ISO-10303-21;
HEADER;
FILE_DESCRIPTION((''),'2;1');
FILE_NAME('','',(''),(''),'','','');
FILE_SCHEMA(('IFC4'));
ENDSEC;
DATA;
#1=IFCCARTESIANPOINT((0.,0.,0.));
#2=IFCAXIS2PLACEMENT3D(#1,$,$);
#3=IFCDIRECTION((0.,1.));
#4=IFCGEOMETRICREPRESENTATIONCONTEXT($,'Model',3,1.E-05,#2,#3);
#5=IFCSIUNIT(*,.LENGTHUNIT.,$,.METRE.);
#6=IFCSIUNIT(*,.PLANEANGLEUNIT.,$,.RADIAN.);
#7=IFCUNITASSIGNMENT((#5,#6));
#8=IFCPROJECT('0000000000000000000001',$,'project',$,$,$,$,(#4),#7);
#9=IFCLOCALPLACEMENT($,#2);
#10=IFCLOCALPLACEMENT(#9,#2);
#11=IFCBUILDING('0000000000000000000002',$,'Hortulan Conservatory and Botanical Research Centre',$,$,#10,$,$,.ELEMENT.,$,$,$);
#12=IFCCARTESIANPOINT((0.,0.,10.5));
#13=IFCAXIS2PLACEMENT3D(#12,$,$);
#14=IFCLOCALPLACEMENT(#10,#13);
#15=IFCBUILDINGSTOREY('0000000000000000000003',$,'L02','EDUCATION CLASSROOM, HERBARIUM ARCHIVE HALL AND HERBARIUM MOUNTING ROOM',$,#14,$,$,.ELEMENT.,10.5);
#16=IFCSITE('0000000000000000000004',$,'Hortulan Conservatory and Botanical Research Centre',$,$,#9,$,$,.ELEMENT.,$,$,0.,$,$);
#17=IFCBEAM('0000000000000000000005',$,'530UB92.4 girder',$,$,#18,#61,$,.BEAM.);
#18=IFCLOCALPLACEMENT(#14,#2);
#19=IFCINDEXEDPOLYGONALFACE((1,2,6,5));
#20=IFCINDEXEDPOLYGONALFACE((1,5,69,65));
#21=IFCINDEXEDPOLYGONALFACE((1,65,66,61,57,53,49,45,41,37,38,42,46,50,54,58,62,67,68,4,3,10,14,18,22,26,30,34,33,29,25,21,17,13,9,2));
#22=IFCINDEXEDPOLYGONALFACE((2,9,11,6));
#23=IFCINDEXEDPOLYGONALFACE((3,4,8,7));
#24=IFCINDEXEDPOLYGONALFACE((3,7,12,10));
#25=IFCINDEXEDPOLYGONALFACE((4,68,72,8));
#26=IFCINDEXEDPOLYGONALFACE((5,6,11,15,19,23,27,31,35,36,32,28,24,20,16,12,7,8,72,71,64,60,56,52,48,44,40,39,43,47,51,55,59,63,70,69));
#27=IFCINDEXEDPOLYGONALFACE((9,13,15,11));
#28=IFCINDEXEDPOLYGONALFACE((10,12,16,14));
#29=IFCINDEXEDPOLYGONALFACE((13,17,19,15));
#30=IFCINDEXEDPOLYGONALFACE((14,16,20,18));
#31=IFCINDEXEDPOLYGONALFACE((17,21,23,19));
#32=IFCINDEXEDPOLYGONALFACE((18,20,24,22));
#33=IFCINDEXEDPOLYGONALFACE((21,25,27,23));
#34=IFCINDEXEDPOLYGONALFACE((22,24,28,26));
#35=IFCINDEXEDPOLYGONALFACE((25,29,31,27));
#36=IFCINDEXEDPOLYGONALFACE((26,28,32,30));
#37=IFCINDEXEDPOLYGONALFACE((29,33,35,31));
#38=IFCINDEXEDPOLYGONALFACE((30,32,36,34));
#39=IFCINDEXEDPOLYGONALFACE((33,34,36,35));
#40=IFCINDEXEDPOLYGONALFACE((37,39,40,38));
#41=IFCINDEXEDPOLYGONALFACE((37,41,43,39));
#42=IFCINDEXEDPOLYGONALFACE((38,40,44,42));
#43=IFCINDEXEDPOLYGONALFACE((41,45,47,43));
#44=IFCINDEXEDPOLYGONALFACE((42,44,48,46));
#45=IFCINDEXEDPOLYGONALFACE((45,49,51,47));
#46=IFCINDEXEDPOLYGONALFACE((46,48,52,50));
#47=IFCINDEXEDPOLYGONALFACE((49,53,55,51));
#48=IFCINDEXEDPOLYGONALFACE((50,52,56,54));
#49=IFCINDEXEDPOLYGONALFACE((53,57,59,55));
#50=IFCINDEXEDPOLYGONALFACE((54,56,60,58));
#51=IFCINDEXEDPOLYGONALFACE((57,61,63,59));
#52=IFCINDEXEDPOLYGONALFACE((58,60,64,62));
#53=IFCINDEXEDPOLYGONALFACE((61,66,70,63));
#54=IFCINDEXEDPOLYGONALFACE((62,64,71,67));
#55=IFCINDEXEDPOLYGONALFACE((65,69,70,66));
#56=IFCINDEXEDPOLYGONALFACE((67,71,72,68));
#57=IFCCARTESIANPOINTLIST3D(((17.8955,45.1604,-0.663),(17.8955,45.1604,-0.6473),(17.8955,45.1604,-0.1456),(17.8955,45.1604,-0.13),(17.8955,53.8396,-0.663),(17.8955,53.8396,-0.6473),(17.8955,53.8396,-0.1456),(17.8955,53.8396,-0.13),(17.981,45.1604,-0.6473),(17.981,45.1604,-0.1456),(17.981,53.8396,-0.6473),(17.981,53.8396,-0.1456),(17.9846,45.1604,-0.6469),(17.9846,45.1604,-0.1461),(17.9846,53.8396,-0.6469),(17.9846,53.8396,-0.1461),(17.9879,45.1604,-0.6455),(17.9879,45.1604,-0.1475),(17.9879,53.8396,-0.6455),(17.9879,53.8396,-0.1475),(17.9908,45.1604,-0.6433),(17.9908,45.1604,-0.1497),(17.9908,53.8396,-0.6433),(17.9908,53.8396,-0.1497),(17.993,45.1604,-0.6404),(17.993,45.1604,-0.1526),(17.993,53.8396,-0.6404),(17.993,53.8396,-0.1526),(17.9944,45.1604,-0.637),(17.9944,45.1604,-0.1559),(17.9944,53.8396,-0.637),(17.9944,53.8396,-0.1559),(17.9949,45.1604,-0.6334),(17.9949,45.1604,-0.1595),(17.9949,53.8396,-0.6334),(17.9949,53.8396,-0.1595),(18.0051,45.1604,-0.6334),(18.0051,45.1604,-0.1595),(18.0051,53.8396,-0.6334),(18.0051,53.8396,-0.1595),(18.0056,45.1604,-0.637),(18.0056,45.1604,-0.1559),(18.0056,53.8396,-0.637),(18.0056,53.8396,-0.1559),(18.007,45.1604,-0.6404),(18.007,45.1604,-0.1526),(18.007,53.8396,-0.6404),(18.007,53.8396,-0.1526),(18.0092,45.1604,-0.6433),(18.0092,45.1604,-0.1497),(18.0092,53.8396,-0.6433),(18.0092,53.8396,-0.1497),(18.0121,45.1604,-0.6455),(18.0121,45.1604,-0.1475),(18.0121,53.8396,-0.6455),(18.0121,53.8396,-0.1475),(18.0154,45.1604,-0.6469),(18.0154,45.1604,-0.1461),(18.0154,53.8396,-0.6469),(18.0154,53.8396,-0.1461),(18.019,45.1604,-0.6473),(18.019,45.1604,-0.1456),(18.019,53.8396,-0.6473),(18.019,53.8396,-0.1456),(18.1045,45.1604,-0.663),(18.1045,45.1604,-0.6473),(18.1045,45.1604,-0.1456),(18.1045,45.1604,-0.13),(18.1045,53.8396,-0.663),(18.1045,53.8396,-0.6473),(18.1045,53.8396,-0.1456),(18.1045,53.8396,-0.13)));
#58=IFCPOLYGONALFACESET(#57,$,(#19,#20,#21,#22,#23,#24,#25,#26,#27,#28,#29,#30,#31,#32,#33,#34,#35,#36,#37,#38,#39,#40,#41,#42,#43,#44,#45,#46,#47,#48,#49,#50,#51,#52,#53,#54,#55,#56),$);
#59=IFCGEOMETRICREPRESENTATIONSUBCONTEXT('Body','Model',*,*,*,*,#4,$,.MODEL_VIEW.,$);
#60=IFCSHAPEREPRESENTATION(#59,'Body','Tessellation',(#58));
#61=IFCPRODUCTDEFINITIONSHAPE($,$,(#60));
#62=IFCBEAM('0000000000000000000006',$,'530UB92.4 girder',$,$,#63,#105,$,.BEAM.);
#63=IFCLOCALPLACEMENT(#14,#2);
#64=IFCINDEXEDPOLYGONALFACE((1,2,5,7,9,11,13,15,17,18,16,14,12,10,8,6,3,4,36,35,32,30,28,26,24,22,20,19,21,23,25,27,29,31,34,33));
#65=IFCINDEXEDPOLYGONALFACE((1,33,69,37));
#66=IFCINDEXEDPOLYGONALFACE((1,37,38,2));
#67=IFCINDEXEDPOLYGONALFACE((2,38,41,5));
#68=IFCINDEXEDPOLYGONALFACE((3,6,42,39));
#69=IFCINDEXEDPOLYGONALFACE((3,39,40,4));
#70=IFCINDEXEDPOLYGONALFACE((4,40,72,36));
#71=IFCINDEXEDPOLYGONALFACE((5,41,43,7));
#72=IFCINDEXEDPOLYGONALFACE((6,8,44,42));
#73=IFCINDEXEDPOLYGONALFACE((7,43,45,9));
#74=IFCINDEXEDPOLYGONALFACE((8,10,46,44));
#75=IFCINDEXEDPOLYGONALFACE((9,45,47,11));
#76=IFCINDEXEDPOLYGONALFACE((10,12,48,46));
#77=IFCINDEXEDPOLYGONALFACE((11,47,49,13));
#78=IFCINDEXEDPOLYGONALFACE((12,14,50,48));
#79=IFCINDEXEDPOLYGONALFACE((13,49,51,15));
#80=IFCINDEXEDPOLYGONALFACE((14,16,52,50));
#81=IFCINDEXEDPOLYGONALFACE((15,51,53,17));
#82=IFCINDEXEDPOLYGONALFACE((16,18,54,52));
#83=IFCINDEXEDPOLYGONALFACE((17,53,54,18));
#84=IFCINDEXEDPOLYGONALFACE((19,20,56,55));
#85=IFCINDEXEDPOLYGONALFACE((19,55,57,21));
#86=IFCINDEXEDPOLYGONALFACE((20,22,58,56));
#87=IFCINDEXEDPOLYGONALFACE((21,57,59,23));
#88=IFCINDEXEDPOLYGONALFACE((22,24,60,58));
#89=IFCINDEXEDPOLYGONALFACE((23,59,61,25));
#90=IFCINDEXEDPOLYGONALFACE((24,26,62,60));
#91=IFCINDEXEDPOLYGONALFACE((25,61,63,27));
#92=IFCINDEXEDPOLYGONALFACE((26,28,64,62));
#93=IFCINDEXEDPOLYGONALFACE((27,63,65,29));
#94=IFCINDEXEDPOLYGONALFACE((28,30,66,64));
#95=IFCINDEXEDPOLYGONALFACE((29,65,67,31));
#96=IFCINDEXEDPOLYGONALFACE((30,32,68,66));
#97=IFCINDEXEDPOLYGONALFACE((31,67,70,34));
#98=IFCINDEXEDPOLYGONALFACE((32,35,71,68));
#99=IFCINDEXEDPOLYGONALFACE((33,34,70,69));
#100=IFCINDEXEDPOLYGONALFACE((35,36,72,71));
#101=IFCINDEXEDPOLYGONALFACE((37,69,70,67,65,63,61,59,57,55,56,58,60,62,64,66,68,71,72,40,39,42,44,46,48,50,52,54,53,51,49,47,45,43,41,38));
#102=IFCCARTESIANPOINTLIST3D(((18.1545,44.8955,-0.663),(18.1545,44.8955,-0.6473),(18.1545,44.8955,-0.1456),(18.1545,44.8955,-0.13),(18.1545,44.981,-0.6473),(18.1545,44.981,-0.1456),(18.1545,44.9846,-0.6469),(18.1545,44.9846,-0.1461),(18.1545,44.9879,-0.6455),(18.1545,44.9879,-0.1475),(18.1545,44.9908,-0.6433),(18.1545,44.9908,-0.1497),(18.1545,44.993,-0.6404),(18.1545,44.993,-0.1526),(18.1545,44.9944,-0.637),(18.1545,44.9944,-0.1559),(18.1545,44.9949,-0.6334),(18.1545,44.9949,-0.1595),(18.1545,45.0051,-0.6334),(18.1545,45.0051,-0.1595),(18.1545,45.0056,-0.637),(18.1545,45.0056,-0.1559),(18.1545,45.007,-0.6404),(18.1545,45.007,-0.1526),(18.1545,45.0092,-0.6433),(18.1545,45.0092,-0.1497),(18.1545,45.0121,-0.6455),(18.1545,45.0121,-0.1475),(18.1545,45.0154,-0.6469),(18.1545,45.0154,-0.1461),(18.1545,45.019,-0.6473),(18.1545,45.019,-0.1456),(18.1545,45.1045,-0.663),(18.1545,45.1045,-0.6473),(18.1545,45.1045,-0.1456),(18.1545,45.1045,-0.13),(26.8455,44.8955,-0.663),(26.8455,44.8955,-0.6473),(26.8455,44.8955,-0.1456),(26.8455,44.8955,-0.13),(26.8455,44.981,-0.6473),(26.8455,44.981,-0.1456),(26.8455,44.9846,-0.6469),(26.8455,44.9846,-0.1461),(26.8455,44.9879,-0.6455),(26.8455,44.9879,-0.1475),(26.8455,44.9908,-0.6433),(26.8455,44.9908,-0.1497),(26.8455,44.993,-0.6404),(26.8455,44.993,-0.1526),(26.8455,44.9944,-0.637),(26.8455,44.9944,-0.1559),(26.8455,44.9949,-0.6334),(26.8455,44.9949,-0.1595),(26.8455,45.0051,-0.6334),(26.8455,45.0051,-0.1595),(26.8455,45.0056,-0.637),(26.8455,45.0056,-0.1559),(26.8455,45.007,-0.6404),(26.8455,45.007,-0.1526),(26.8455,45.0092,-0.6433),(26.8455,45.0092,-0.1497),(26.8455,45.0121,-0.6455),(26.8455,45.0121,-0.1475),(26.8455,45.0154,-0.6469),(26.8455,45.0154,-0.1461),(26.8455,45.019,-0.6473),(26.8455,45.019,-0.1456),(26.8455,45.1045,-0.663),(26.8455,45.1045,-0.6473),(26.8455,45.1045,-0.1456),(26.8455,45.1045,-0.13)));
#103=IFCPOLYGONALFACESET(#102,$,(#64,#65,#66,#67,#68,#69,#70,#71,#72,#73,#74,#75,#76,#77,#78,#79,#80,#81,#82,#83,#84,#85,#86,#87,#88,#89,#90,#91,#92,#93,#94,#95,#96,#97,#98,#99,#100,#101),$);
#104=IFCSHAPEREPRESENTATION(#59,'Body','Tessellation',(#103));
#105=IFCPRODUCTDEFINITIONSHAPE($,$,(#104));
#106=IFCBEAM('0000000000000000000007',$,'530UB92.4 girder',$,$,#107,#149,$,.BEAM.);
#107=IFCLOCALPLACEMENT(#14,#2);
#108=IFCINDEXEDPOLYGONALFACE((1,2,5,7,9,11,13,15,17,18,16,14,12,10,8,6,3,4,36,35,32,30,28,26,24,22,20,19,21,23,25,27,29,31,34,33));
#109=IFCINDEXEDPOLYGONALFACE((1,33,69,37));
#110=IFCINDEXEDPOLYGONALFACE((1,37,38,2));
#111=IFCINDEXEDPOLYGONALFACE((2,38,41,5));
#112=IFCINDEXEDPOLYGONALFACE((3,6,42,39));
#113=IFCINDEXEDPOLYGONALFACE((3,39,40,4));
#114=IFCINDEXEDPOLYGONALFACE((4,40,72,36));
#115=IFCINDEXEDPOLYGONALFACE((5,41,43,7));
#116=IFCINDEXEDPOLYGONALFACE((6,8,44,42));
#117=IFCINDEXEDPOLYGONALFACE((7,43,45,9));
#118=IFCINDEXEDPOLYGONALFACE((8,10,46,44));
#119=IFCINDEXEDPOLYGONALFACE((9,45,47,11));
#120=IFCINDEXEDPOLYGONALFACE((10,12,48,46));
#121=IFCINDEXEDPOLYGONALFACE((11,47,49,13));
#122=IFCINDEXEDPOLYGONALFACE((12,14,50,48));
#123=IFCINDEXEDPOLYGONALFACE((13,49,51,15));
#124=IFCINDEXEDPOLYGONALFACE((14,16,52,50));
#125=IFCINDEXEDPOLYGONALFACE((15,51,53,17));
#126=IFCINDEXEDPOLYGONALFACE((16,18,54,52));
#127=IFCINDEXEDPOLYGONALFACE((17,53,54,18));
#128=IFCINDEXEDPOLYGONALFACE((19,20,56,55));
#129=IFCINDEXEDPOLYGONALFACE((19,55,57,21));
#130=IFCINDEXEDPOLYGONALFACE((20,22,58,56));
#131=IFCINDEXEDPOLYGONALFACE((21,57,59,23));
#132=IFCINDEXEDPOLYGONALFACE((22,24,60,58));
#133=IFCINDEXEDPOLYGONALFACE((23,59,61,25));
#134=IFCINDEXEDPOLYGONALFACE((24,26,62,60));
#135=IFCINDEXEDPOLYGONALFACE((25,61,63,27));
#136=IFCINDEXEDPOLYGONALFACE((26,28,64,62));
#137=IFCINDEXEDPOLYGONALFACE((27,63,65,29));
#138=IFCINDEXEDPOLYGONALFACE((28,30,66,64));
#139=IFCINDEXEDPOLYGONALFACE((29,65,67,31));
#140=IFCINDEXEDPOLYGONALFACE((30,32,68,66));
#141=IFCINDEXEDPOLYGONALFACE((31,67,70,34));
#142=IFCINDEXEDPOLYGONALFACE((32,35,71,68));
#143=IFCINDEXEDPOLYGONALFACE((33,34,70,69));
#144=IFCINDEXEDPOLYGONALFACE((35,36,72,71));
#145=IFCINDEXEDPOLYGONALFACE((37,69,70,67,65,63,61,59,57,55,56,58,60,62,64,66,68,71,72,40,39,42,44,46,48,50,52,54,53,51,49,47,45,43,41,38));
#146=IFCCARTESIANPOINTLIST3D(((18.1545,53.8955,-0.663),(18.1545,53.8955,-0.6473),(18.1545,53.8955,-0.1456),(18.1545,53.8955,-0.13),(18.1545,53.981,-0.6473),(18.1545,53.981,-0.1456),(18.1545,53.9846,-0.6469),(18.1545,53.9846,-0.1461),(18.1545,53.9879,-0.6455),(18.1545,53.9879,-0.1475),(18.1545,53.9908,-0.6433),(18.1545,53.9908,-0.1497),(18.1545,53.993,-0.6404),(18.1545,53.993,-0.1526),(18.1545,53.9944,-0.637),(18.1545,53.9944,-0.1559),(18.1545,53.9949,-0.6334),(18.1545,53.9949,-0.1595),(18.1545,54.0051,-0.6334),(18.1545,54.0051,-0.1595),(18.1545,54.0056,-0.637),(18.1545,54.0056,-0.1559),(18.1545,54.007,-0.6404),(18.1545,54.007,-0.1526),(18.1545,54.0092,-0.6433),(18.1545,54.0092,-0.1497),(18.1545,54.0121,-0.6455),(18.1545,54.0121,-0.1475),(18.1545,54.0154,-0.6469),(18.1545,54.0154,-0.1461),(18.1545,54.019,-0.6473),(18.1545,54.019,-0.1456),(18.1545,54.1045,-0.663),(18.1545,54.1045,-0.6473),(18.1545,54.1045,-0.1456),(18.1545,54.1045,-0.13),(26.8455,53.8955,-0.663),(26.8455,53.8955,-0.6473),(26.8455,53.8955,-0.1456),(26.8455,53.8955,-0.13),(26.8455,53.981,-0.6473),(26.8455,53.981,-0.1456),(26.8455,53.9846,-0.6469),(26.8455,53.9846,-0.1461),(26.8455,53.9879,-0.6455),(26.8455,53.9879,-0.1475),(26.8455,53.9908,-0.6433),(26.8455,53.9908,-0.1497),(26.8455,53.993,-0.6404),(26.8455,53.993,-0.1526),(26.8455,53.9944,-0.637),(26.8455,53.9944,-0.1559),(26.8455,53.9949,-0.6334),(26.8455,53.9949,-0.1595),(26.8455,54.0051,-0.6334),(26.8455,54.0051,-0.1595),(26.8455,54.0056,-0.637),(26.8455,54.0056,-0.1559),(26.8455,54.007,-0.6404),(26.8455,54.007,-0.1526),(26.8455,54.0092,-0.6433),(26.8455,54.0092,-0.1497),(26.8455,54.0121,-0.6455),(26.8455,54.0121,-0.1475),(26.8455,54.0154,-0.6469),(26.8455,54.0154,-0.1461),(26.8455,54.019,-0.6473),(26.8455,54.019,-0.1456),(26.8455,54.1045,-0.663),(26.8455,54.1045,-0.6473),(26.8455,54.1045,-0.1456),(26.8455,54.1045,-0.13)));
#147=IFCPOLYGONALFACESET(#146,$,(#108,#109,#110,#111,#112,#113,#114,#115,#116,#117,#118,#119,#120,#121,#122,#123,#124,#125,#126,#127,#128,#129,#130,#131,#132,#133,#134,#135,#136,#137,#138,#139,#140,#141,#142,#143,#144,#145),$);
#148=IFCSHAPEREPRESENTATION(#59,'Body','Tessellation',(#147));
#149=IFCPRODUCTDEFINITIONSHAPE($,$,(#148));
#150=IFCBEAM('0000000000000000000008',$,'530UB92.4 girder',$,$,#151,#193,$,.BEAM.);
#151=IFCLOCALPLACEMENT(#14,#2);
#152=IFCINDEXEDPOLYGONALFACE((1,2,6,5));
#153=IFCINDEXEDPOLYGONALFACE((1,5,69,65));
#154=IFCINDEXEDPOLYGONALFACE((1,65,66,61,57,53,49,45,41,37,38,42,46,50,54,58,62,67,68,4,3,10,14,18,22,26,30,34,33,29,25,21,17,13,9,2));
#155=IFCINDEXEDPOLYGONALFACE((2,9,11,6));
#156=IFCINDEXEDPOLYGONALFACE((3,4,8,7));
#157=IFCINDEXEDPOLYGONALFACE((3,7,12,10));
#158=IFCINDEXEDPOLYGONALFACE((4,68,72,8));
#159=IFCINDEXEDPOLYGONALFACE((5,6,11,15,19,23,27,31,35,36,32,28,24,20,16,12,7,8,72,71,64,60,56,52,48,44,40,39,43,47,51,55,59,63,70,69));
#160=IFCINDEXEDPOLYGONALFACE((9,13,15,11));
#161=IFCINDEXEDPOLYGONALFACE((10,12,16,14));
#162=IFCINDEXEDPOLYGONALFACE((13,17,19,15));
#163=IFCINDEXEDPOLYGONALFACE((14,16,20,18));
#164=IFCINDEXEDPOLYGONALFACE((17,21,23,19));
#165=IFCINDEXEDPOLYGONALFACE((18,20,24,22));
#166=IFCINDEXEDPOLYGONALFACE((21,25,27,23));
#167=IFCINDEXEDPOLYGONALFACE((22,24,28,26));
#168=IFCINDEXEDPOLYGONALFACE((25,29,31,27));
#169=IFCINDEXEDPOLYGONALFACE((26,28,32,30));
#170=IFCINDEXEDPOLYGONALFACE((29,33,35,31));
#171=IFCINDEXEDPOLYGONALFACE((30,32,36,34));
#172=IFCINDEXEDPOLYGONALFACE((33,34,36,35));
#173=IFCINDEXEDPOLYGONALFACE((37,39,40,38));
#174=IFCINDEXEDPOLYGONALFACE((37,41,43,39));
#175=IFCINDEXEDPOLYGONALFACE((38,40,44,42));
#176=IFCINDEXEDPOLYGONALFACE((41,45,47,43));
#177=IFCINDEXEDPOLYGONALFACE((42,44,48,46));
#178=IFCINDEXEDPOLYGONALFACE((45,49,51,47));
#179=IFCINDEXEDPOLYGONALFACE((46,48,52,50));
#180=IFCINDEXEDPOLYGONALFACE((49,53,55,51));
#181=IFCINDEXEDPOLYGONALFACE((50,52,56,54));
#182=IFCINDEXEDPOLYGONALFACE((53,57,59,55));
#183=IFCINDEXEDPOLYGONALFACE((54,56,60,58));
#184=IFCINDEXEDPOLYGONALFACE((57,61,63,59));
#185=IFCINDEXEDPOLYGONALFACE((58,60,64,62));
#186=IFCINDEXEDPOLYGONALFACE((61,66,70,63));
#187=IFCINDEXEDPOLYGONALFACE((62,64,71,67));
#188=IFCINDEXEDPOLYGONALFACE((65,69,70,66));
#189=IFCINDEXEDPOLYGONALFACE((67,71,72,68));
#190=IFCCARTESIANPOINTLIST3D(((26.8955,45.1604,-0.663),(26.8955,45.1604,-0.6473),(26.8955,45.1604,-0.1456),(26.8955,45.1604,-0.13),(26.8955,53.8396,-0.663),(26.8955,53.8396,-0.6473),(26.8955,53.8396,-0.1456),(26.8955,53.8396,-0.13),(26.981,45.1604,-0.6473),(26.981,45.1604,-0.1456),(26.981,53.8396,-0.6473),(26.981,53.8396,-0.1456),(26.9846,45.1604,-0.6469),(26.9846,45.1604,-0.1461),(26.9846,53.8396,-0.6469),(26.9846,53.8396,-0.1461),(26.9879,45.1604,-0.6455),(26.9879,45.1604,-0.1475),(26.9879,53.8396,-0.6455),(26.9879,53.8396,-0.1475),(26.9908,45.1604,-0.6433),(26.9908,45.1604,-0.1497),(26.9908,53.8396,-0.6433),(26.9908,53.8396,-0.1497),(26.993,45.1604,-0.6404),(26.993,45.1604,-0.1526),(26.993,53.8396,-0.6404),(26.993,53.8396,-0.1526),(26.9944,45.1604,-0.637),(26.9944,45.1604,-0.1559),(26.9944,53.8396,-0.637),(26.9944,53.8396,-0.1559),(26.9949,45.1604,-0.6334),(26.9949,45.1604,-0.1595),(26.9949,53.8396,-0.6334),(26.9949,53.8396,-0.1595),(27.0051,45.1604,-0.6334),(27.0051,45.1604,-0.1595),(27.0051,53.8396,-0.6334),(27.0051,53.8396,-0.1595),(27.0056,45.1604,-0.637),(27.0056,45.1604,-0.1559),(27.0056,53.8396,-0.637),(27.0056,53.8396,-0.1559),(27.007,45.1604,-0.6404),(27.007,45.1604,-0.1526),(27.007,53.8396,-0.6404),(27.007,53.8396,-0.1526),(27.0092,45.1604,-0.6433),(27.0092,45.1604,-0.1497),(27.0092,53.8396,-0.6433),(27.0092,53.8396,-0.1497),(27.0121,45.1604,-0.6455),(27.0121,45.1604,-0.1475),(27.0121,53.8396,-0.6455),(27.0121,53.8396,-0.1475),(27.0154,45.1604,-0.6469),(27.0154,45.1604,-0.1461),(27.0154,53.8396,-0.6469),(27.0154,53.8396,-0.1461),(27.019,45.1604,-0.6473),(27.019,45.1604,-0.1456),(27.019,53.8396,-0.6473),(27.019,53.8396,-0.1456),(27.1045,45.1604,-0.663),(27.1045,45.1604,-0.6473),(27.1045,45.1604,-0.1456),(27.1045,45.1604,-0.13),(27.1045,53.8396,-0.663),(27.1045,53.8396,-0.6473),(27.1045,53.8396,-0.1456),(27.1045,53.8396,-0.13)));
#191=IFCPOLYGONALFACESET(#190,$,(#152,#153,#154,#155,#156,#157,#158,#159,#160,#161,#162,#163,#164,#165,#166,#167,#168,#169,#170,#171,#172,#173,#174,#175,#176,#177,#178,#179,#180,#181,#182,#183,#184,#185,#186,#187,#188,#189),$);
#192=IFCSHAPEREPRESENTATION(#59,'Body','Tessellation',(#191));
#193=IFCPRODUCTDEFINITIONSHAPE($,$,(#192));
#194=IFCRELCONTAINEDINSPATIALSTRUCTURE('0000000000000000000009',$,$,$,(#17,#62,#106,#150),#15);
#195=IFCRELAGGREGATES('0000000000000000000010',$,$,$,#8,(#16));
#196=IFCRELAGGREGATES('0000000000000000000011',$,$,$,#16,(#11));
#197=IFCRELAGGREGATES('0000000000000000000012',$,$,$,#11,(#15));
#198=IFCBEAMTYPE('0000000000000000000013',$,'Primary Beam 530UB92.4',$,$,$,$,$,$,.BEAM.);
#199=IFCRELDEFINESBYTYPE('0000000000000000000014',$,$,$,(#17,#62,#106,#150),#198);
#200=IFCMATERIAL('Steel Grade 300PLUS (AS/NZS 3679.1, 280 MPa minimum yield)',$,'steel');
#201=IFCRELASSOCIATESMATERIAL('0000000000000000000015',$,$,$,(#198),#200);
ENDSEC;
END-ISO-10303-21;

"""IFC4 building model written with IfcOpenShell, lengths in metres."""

from ifc_helpers import new_model, si_unit, direction, frame, origin, origin_2d, place, context, subcontext, project, spatial, i_section, extrude, material, material_profile, profile_set, type_object, element, save


model = new_model("IFC4")

# Units and contexts
model_context = context("Model", 3, precision=1e-05, world=origin(), true_north=direction((0.0, 1.0)))
body_context = subcontext(model_context, "Body", "Model", "MODEL_VIEW")
ifc_project = project(units=[si_unit("LENGTHUNIT", "METRE"), si_unit("PLANEANGLEUNIT", "RADIAN")], contexts=[model_context])

# Site, building, storey
site_placement = place(None, origin())
site = spatial("IfcSite", under=ifc_project, at=site_placement, Name="Hortulan Conservatory and Botanical Research Centre", CompositionType="ELEMENT", RefElevation=0.0)
building_placement = place(site_placement, origin())
building = spatial("IfcBuilding", under=site, at=building_placement, Name="Hortulan Conservatory and Botanical Research Centre", CompositionType="ELEMENT")
storey_placement = place(building_placement, frame((0.0, 0.0, 10.5)))
storey = spatial("IfcBuildingStorey", under=building, at=storey_placement, Name="L02", Description="EDUCATION CLASSROOM, HERBARIUM ARCHIVE HALL AND HERBARIUM MOUNTING ROOM", CompositionType="ELEMENT", Elevation=10.5)

# Shared definitions
ifc_material_1 = material(Name="Steel Grade 300PLUS (AS/NZS 3679.1, 280 MPa minimum yield)", Category="steel")

# Beams
ifc_material_profile_1 = material_profile(ifc_material_1, i_section(OverallWidth=0.209, OverallDepth=0.533, WebThickness=0.0103, FlangeThickness=0.0156, FilletRadius=0.0139, at=origin_2d()), Name="530UB92.4")
ifc_profile_set_1 = profile_set([ifc_material_profile_1], Name="Steel Grade 300PLUS (AS/NZS 3679.1, 280 MPa minimum yield)")
beam_type_1 = type_object("IfcBeamType", Name="Primary Beam 530UB92.4", PredefinedType="BEAM", material=ifc_profile_set_1)
beam_1_placement = place(storey_placement, frame((18.0, 45.1604, -0.3965), z_axis=(0.0, 1.0, 0.0), x_axis=(-1.0, 0.0, 0.0)))
element("IfcBeam", 1, at=beam_1_placement, inside=storey, type_object=beam_type_1, Name="530UB92.4 girder", PredefinedType="BEAM", context=body_context, shape_type="SweptSolid", body=[
    extrude(i_section(OverallWidth=0.209, OverallDepth=0.533, WebThickness=0.0103, FlangeThickness=0.0156, FilletRadius=0.0139, at=origin_2d()), origin(), (0.0, 0.0, 1.0), 8.6792),
])
for number, where, z_axis, x_axis, name in (
    (2, (18.1545, 45.0, -0.3965), (1.0, 0.0, 0.0), (0.0, 1.0, 0.0), "530UB92.4 girder"),
    (3, (18.1545, 54.0, -0.3965), (1.0, 0.0, 0.0), (0.0, 1.0, 0.0), "530UB92.4 girder"),
):
    element("IfcBeam", number, at=place(storey_placement, frame(where, z_axis=z_axis, x_axis=x_axis)), inside=storey, type_object=beam_type_1, Name=name, PredefinedType="BEAM", context=body_context, shape_type="SweptSolid", body=[
        extrude(i_section(OverallWidth=0.209, OverallDepth=0.533, WebThickness=0.0103, FlangeThickness=0.0156, FilletRadius=0.0139, at=origin_2d()), origin(), (0.0, 0.0, 1.0), 8.6909),
    ])
beam_2_placement = place(storey_placement, frame((27.0, 45.1604, -0.3965), z_axis=(0.0, 1.0, 0.0), x_axis=(-1.0, 0.0, 0.0)))
element("IfcBeam", 4, at=beam_2_placement, inside=storey, type_object=beam_type_1, Name="530UB92.4 girder", PredefinedType="BEAM", context=body_context, shape_type="SweptSolid", body=[
    extrude(i_section(OverallWidth=0.209, OverallDepth=0.533, WebThickness=0.0103, FlangeThickness=0.0156, FilletRadius=0.0139, at=origin_2d()), origin(), (0.0, 0.0, 1.0), 8.6792),
])

save(model, "model.ifc")
